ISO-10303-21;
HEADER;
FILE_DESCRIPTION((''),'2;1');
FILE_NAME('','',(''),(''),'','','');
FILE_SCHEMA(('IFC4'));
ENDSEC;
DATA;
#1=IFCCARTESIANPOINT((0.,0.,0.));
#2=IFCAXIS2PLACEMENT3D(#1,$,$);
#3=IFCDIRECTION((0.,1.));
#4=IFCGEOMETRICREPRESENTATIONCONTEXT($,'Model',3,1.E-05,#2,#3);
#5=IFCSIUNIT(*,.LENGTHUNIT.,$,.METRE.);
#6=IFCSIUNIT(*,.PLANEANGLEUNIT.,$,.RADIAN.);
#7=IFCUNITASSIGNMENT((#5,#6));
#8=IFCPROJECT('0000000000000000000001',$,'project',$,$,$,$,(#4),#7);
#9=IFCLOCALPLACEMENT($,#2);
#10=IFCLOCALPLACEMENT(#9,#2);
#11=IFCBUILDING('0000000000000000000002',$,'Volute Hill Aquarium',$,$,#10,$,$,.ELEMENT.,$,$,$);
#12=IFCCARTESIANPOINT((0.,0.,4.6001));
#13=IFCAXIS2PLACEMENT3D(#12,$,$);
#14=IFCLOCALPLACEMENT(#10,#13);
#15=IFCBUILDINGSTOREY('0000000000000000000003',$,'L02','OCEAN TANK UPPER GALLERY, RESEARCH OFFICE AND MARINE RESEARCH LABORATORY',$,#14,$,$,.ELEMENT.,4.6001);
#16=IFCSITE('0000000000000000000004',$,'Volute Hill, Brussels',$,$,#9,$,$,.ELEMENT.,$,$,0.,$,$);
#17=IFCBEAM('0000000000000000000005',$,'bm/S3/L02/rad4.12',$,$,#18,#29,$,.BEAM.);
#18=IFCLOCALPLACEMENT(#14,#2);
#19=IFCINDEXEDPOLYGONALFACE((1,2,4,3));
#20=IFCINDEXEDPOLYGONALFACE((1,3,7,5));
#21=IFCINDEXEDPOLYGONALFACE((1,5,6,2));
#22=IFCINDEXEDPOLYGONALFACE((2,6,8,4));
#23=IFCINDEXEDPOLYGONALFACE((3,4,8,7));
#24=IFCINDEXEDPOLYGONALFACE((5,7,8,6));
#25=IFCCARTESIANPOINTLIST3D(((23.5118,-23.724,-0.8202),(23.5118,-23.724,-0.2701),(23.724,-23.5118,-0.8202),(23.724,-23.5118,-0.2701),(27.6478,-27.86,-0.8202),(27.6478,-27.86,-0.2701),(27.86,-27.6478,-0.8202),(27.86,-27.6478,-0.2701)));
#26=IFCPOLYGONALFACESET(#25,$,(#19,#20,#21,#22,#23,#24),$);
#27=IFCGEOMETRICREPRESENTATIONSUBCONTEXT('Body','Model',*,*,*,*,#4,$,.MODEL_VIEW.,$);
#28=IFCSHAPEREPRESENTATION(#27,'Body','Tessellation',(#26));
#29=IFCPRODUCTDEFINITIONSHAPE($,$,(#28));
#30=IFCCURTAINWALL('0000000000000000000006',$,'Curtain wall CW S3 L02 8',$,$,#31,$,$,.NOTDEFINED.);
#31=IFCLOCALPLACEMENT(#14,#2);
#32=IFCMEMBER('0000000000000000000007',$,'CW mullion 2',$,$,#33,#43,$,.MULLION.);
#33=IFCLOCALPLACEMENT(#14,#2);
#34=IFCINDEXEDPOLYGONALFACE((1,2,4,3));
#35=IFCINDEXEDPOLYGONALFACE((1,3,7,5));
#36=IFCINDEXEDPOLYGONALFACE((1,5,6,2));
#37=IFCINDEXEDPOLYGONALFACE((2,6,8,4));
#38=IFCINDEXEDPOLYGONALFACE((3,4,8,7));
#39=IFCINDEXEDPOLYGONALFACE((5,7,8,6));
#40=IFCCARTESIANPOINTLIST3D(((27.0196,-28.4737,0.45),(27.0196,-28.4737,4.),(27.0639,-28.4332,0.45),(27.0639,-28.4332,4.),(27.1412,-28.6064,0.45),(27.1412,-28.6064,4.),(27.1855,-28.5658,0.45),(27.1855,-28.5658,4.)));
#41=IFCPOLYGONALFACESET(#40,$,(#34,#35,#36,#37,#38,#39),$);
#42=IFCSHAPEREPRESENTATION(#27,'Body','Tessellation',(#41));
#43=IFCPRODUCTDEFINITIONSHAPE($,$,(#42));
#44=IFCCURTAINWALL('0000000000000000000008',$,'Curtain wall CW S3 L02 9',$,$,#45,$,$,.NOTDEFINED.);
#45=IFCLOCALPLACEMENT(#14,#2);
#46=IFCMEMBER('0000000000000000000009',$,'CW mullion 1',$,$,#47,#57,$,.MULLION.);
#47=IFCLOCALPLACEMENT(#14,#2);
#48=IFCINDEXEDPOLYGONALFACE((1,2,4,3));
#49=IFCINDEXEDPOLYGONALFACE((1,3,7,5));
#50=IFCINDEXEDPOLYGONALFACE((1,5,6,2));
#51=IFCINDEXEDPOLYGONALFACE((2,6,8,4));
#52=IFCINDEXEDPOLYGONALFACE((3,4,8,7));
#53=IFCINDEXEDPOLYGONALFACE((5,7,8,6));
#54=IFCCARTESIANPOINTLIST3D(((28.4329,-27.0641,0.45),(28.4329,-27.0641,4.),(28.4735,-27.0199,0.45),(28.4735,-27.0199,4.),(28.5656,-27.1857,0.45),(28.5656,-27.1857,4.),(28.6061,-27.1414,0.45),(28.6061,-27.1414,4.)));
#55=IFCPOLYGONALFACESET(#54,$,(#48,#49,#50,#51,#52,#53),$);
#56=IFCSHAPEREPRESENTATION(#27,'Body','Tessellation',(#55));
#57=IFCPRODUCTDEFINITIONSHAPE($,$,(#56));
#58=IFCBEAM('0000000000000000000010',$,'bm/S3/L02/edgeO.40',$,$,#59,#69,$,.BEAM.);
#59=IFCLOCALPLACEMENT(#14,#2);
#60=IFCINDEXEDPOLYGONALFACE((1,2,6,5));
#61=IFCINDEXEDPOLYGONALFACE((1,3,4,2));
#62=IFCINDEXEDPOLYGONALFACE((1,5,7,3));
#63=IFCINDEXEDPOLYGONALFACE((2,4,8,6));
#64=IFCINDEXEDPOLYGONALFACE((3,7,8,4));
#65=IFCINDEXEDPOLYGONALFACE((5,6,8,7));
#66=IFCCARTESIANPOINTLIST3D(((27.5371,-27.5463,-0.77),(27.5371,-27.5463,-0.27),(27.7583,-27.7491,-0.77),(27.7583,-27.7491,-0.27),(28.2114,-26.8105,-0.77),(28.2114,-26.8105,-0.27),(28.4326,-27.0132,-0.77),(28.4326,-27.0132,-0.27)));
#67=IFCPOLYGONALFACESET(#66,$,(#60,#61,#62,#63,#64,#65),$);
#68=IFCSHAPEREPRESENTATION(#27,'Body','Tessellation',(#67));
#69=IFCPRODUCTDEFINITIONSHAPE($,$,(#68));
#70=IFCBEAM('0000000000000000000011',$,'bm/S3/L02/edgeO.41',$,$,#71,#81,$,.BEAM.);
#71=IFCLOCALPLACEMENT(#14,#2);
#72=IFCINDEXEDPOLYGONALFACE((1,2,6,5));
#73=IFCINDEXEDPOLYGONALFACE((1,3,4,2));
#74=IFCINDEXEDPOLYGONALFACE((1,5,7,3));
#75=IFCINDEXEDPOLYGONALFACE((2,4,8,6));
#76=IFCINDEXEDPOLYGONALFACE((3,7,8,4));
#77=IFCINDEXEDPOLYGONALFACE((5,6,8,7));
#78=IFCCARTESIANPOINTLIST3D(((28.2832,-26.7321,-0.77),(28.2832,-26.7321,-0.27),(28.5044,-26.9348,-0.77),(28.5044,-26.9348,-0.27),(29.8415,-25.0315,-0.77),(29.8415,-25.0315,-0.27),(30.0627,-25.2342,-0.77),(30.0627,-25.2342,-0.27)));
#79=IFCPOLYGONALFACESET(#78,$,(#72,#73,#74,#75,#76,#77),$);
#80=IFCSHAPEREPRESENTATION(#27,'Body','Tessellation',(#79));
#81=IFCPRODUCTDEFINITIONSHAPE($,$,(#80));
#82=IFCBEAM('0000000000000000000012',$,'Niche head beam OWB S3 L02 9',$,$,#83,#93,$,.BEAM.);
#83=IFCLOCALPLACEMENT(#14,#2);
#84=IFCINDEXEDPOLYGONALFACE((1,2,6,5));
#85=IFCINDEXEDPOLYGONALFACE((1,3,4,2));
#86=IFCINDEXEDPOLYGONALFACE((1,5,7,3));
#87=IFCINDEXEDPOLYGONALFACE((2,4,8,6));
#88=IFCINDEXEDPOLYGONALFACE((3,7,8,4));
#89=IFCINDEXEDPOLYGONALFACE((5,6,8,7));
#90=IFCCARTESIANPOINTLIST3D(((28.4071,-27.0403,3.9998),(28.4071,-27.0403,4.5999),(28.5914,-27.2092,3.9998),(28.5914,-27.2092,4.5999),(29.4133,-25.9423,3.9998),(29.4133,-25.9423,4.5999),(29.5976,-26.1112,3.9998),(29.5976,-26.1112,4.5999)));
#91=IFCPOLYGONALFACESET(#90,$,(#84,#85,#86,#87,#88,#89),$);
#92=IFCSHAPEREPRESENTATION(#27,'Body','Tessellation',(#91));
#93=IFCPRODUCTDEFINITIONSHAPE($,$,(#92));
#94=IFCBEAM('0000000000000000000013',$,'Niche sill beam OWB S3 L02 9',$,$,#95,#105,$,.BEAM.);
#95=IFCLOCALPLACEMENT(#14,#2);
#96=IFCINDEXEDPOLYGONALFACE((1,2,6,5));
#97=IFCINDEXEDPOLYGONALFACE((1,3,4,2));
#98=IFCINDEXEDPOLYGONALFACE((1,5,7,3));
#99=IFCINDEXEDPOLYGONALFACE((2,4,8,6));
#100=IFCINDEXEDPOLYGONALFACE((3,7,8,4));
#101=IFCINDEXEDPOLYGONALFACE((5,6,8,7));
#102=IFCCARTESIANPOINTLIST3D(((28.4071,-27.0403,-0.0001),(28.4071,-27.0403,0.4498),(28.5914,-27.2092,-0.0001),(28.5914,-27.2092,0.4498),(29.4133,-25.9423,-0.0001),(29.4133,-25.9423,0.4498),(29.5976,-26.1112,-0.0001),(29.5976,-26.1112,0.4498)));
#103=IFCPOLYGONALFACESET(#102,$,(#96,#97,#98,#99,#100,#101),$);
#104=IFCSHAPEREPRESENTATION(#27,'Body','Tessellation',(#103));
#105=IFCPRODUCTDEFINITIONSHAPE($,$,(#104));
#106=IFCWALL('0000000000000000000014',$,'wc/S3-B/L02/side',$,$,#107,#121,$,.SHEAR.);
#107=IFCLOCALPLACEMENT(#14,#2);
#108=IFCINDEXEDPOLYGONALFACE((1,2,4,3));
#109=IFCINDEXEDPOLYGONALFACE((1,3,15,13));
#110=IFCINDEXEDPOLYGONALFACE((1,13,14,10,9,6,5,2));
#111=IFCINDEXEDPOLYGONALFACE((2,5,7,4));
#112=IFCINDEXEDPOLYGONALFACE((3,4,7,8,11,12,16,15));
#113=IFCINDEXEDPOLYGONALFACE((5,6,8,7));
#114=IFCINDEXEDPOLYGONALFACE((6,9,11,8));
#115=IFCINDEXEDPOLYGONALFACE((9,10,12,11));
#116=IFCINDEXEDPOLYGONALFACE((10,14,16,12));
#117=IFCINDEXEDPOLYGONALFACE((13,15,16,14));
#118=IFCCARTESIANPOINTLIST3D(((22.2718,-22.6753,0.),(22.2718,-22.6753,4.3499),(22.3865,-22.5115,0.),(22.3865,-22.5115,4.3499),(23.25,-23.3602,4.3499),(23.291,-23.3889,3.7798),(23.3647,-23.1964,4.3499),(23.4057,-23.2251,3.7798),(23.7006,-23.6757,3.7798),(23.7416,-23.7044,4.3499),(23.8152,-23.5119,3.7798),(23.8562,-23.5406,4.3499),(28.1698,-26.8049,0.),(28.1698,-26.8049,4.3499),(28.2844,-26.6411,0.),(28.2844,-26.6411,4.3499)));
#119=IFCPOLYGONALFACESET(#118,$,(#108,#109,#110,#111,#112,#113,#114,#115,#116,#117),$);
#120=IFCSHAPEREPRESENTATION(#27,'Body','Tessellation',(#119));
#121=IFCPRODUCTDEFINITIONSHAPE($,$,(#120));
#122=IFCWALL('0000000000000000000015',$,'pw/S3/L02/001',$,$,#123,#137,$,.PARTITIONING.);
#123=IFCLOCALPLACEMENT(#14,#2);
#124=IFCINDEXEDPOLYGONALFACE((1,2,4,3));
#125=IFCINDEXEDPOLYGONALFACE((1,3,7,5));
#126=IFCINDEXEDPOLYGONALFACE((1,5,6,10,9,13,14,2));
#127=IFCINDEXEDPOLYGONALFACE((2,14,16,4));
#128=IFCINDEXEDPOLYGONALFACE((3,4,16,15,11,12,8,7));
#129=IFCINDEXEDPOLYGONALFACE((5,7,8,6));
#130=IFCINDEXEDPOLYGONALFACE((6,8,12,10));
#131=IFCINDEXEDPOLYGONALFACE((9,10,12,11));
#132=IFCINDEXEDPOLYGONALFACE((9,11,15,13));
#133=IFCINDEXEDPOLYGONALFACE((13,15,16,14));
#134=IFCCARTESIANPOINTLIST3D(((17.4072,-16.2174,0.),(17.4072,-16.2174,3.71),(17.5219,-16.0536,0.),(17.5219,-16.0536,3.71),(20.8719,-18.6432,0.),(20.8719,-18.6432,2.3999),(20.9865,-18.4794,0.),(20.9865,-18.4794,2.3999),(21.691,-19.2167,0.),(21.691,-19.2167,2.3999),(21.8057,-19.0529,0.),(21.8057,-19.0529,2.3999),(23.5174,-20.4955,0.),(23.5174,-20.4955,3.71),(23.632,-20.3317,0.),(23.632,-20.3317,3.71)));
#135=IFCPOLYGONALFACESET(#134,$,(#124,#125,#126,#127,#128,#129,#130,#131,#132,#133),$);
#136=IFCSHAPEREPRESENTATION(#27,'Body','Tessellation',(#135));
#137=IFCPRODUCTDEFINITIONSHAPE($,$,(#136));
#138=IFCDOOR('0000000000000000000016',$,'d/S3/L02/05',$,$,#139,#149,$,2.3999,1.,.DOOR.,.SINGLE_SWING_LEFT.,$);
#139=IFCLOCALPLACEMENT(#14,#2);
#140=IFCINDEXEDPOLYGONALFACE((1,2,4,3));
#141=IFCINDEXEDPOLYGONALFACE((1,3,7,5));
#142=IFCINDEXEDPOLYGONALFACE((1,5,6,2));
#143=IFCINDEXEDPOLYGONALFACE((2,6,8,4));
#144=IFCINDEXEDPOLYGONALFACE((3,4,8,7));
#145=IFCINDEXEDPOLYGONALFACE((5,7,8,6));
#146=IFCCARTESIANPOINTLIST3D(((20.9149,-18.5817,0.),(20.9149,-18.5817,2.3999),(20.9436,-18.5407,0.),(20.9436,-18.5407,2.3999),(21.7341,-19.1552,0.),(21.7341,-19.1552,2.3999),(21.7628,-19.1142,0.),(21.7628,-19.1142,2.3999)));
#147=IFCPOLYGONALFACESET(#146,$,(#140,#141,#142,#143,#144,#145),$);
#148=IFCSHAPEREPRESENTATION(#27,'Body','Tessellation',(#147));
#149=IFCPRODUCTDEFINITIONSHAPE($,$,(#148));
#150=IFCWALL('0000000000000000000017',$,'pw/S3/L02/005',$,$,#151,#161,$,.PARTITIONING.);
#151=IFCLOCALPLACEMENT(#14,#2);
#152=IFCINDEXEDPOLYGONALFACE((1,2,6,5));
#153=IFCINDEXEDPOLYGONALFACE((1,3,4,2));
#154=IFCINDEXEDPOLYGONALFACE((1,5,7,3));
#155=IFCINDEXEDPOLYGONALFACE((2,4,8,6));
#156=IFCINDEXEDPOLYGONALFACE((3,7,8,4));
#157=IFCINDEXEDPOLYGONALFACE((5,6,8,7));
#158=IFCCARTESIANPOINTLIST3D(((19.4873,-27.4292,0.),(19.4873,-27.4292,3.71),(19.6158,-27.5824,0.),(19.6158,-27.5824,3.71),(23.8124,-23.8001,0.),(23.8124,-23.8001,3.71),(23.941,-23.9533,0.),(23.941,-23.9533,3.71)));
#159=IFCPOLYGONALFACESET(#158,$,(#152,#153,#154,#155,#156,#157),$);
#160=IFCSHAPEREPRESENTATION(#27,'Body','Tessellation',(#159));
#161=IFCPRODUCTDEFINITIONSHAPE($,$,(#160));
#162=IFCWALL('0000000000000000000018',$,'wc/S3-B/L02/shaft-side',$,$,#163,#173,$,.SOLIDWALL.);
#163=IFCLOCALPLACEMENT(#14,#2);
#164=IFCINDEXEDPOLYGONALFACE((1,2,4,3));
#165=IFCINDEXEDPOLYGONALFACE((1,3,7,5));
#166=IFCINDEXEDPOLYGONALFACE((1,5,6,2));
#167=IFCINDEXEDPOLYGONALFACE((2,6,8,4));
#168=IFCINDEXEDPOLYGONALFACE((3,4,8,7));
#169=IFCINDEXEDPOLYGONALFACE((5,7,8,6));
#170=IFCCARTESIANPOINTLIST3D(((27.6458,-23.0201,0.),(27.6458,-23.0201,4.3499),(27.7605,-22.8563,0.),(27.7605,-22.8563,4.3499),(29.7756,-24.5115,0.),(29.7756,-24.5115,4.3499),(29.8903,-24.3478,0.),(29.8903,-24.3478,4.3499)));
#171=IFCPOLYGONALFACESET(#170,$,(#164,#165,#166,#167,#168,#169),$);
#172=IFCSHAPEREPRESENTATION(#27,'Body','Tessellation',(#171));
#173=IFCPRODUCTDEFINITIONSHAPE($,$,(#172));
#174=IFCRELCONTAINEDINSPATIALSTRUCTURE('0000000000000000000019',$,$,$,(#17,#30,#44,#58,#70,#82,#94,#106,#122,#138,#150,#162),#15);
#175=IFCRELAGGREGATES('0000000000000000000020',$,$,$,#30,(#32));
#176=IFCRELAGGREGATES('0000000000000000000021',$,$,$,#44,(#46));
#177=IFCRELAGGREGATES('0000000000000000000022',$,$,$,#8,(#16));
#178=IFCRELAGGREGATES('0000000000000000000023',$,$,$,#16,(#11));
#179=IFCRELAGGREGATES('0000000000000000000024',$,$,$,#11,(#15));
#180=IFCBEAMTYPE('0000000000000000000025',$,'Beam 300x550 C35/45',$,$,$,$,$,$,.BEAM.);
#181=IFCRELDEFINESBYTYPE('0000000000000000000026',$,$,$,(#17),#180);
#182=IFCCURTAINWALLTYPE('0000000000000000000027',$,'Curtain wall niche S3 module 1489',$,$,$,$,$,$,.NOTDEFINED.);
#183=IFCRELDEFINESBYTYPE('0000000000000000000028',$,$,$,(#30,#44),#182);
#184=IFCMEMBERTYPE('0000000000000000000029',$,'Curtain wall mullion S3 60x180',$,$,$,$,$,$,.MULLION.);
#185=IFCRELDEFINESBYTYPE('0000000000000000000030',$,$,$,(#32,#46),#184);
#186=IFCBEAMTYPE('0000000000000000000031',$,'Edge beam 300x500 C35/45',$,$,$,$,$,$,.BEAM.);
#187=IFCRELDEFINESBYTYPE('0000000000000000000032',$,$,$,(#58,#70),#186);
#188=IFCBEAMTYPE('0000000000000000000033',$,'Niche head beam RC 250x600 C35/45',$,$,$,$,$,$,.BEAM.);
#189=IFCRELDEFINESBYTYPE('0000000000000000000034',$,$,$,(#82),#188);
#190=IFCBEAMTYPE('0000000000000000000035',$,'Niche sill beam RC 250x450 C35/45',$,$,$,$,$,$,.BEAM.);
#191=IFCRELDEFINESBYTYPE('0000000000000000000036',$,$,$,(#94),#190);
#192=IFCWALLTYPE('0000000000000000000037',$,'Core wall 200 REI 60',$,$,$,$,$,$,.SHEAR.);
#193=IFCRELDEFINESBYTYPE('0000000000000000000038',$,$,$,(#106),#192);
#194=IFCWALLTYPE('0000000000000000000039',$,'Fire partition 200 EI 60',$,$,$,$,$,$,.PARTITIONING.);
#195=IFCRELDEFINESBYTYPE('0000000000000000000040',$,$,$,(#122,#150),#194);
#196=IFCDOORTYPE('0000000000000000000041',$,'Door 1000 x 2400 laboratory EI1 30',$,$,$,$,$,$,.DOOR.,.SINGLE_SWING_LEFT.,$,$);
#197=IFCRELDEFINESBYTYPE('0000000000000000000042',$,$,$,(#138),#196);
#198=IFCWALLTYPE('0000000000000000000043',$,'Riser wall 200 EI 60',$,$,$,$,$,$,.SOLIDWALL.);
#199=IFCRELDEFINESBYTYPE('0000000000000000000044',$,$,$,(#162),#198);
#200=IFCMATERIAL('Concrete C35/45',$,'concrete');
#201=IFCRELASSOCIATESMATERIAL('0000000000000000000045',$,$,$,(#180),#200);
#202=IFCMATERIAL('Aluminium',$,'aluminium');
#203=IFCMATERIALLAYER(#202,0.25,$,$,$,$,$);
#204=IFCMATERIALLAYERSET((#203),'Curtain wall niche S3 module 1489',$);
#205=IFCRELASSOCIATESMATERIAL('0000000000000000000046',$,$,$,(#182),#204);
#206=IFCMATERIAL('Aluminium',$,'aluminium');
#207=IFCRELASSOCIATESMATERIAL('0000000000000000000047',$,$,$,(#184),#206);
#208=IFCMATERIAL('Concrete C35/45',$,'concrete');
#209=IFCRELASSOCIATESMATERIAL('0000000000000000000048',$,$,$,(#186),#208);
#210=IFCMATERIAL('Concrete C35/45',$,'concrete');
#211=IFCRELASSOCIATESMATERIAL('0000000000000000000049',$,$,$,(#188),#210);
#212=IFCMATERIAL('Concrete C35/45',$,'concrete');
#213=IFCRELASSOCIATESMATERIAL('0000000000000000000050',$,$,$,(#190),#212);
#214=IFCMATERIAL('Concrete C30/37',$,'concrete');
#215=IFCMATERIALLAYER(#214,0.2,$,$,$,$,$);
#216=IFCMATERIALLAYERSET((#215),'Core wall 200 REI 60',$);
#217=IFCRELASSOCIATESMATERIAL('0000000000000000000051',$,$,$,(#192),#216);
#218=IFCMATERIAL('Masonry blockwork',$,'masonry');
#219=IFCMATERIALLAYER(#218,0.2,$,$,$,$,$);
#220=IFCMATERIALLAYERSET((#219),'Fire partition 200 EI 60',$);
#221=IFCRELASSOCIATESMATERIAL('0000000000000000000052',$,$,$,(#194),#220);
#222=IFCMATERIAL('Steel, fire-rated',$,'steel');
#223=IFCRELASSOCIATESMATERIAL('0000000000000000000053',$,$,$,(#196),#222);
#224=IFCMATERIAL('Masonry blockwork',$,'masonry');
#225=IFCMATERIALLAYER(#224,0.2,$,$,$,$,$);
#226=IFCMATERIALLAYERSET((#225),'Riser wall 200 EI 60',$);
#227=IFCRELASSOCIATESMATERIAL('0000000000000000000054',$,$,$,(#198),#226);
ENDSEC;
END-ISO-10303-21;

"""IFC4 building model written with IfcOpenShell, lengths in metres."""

from ifc_helpers import new_model, si_unit, direction, frame, frame_2d, origin, origin_2d, place, context, subcontext, project, spatial, polyline, rectangle, outline, extrude, material, layer, layer_set, material_profile, profile_set, type_object, element, fill, aggregate, save


model = new_model("IFC4")

# Units and contexts
model_context = context("Model", 3, precision=1e-05, world=origin(), true_north=direction((0.0, 1.0)))
body_context = subcontext(model_context, "Body", "Model", "MODEL_VIEW")
ifc_project = project(units=[si_unit("LENGTHUNIT", "METRE"), si_unit("PLANEANGLEUNIT", "RADIAN")], contexts=[model_context])

# Site, building, storey
site_placement = place(None, origin())
site = spatial("IfcSite", under=ifc_project, at=site_placement, Name="Volute Hill, Brussels", CompositionType="ELEMENT", RefElevation=0.0)
building_placement = place(site_placement, origin())
building = spatial("IfcBuilding", under=site, at=building_placement, Name="Volute Hill Aquarium", CompositionType="ELEMENT")
storey_placement = place(building_placement, frame((0.0, 0.0, 4.6001)))
storey = spatial("IfcBuildingStorey", under=building, at=storey_placement, Name="L02", Description="OCEAN TANK UPPER GALLERY, RESEARCH OFFICE AND MARINE RESEARCH LABORATORY", CompositionType="ELEMENT", Elevation=4.6001)

# Beam
ifc_material_1 = material(Name="Concrete C35/45", Category="concrete")
ifc_material_profile_1 = material_profile(ifc_material_1, rectangle(XDim=0.3, YDim=0.55, at=origin_2d()), Name="RC beam 300x550")
ifc_profile_set_1 = profile_set([ifc_material_profile_1], Name="Concrete C35/45")
beam_type_1 = type_object("IfcBeamType", Name="Beam 300x550 C35/45", PredefinedType="BEAM", material=ifc_profile_set_1)
beam_1_placement = place(storey_placement, frame((23.6179, -23.6179, -0.5452), z_axis=(0.707107, -0.707107, 0.0), x_axis=(0.707107, 0.707107, 0.0)))
element("IfcBeam", 1, at=beam_1_placement, inside=storey, type_object=beam_type_1, Name="bm/S3/L02/rad4.12", PredefinedType="BEAM", context=body_context, shape_type="SweptSolid", body=[
    extrude(rectangle(XDim=0.3, YDim=0.55, at=origin_2d()), origin(), (0.0, 0.0, 1.0), 5.8491),
])

# Curtain walls, members
ifc_material_2 = material(Name="Aluminium", Category="aluminium")
ifc_layer_1 = layer(ifc_material_2, 0.25)
ifc_layer_set_1 = layer_set([ifc_layer_1], Name="Curtain wall niche S3 module 1489")
curtain_wall_type = type_object("IfcCurtainWallType", Name="Curtain wall niche S3 module 1489", PredefinedType="NOTDEFINED", material=ifc_layer_set_1)
curtain_wall_1_placement = place(storey_placement, origin())
curtain_wall_1 = element("IfcCurtainWall", 2, at=curtain_wall_1_placement, inside=storey, type_object=curtain_wall_type, Name="Curtain wall CW S3 L02 8", PredefinedType="NOTDEFINED")
ifc_material_3 = material(Name="Aluminium", Category="aluminium")
ifc_material_profile_2 = material_profile(ifc_material_3, rectangle(XDim=0.1799, YDim=0.0601, at=origin_2d()), Name="Curtain wall mullion S3 60x180")
ifc_profile_set_2 = profile_set([ifc_material_profile_2], Name="Aluminium")
member_type = type_object("IfcMemberType", Name="Curtain wall mullion S3 60x180", PredefinedType="MULLION", material=ifc_profile_set_2)
member_1_placement = place(storey_placement, frame((27.1025, -28.5198, 0.45), z_axis=(0.0, 0.0, 1.0), x_axis=(-0.675613, 0.737256, 0.0)))
member_1 = element("IfcMember", 3, at=member_1_placement, type_object=member_type, Name="CW mullion 2", PredefinedType="MULLION", context=body_context, shape_type="SweptSolid", body=[
    extrude(rectangle(XDim=0.1799, YDim=0.0601, at=origin_2d()), origin(), (0.0, 0.0, 1.0), 3.55),
])
aggregate(curtain_wall_1, [member_1])
curtain_wall_2_placement = place(storey_placement, origin())
curtain_wall_2 = element("IfcCurtainWall", 4, at=curtain_wall_2_placement, inside=storey, type_object=curtain_wall_type, Name="Curtain wall CW S3 L02 9", PredefinedType="NOTDEFINED")
member_2_placement = place(storey_placement, frame((28.5195, -27.1028, 0.45), z_axis=(0.0, 0.0, 1.0), x_axis=(-0.73726, 0.675609, 0.0)))
member_2 = element("IfcMember", 5, at=member_2_placement, type_object=member_type, Name="CW mullion 1", PredefinedType="MULLION", context=body_context, shape_type="SweptSolid", body=[
    extrude(rectangle(XDim=0.1799, YDim=0.0601, at=origin_2d()), origin(), (0.0, 0.0, 1.0), 3.55),
])
aggregate(curtain_wall_2, [member_2])

# Beams
ifc_material_4 = material(Name="Concrete C35/45", Category="concrete")
ifc_material_profile_3 = material_profile(ifc_material_4, rectangle(XDim=0.3, YDim=0.5, at=origin_2d()), Name="RC edge beam 300x500")
ifc_profile_set_3 = profile_set([ifc_material_profile_3], Name="Concrete C35/45")
beam_type_2 = type_object("IfcBeamType", Name="Edge beam 300x500 C35/45", PredefinedType="BEAM", material=ifc_profile_set_3)
beam_2_placement = place(storey_placement, frame((27.6477, -27.6477, -0.52), z_axis=(0.675614, 0.737256, 0.0), x_axis=(-0.737256, 0.675614, 0.0)))
element("IfcBeam", 6, at=beam_2_placement, inside=storey, type_object=beam_type_2, Name="bm/S3/L02/edgeO.40", PredefinedType="BEAM", context=body_context, shape_type="SweptSolid", body=[
    extrude(rectangle(XDim=0.3, YDim=0.5, at=origin_2d()), origin(), (0.0, 0.0, 1.0), 0.998),
])
beam_3_placement = place(storey_placement, frame((28.3938, -26.8335, -0.52), z_axis=(0.675581, 0.737286, 0.0), x_axis=(-0.737286, 0.675581, 0.0)))
element("IfcBeam", 7, at=beam_3_placement, inside=storey, type_object=beam_type_2, Name="bm/S3/L02/edgeO.41", PredefinedType="BEAM", context=body_context, shape_type="SweptSolid", body=[
    extrude(rectangle(XDim=0.3, YDim=0.5, at=origin_2d()), origin(), (0.0, 0.0, 1.0), 2.3066),
])
ifc_material_5 = material(Name="Concrete C35/45", Category="concrete")
ifc_material_profile_4 = material_profile(ifc_material_5, rectangle(XDim=0.25, YDim=0.6001, at=origin_2d()), Name="RC beam 250x600")
ifc_profile_set_4 = profile_set([ifc_material_profile_4], Name="Concrete C35/45")
beam_type_3 = type_object("IfcBeamType", Name="Niche head beam RC 250x600 C35/45", PredefinedType="BEAM", material=ifc_profile_set_4)
beam_4_placement = place(storey_placement, frame((28.4993, -27.1248, 4.2998), z_axis=(0.675613, 0.737256, 0.0), x_axis=(-0.737256, 0.675613, 0.0)))
element("IfcBeam", 8, at=beam_4_placement, inside=storey, type_object=beam_type_3, Name="Niche head beam OWB S3 L02 9", PredefinedType="BEAM", context=body_context, shape_type="SweptSolid", body=[
    extrude(rectangle(XDim=0.25, YDim=0.6001, at=origin_2d()), origin(), (0.0, 0.0, 1.0), 1.4893),
])
ifc_material_6 = material(Name="Concrete C35/45", Category="concrete")
ifc_material_profile_5 = material_profile(ifc_material_6, rectangle(XDim=0.25, YDim=0.45, at=origin_2d()), Name="RC beam 250x450")
ifc_profile_set_5 = profile_set([ifc_material_profile_5], Name="Concrete C35/45")
beam_type_4 = type_object("IfcBeamType", Name="Niche sill beam RC 250x450 C35/45", PredefinedType="BEAM", material=ifc_profile_set_5)
beam_5_placement = place(storey_placement, frame((28.4993, -27.1248, 0.2249), z_axis=(0.675613, 0.737256, 0.0), x_axis=(-0.737256, 0.675613, 0.0)))
element("IfcBeam", 9, at=beam_5_placement, inside=storey, type_object=beam_type_4, Name="Niche sill beam OWB S3 L02 9", PredefinedType="BEAM", context=body_context, shape_type="SweptSolid", body=[
    extrude(rectangle(XDim=0.25, YDim=0.45, at=origin_2d()), origin(), (0.0, 0.0, 1.0), 1.4893),
])

# Wall
ifc_material_7 = material(Name="Concrete C30/37", Category="concrete")
ifc_layer_2 = layer(ifc_material_7, 0.2)
ifc_layer_set_2 = layer_set([ifc_layer_2], Name="Core wall 200 REI 60")
wall_type_1 = type_object("IfcWallType", Name="Core wall 200 REI 60", PredefinedType="SHEAR", material=ifc_layer_set_2)
wall_1_placement = place(storey_placement, frame((22.3291, -22.5935, 0.0), z_axis=(0.0, 0.0, 1.0), x_axis=(0.819162, -0.573562, 0.0)))
element("IfcWall", 10, at=wall_1_placement, inside=storey, type_object=wall_type_1, Name="wc/S3-B/L02/side", PredefinedType="SHEAR", context=body_context, shape_type="SweptSolid", body=[
    extrude(outline(polyline([(0.0, 0.0), (7.2, 0.0), (7.2, 4.3499), (1.7942, 4.3499), (1.7441, 3.7798), (1.2441, 3.7798), (1.1941, 4.3499), (0.0, 4.3499), (0.0, 0.0)])), frame((0.0, 0.1001, 0.0), z_axis=(0.0, -1.0, 0.0), x_axis=(1.0, 0.0, 0.0)), (0.0, 0.0, 1.0), 0.2),
])

# Wall, opening, door
ifc_material_8 = material(Name="Masonry blockwork", Category="masonry")
ifc_layer_3 = layer(ifc_material_8, 0.2)
ifc_layer_set_3 = layer_set([ifc_layer_3], Name="Fire partition 200 EI 60")
wall_type_2 = type_object("IfcWallType", Name="Fire partition 200 EI 60", PredefinedType="PARTITIONING", material=ifc_layer_set_3)
wall_2_placement = place(storey_placement, frame((23.5747, -20.4136, 0.0), z_axis=(0.0, 0.0, 1.0), x_axis=(-0.819169, 0.573552, 0.0)))
wall_2 = element("IfcWall", 11, at=wall_2_placement, inside=storey, type_object=wall_type_2, Name="pw/S3/L02/001", PredefinedType="PARTITIONING", context=body_context, shape_type="SweptSolid", body=[
    extrude(rectangle(XDim=7.459, YDim=0.2, at=frame_2d((3.7295, 0.0))), origin(), (0.0, 0.0, 1.0), 3.71),
])
opening_placement = place(wall_2_placement, frame((2.2295, 0.0, 0.0)))
opening = element("IfcOpeningElement", 12, at=opening_placement, cuts=wall_2, PredefinedType="OPENING", context=body_context, shape_type="SweptSolid", body=[
    extrude(rectangle(XDim=1.0, YDim=2.3999, at=frame_2d((0.5, 1.2))), frame((0.0, 0.1099, 0.0), z_axis=(0.0, -1.0, 0.0), x_axis=(1.0, 0.0, 0.0)), (0.0, 0.0, 1.0), 0.22),
])
ifc_material_9 = material(Name="Steel, fire-rated", Category="steel")
door_type = type_object("IfcDoorType", Name="Door 1000 x 2400 laboratory EI1 30", OperationType="SINGLE_SWING_LEFT", PredefinedType="DOOR", material=ifc_material_9)
door_placement = place(opening_placement, origin())
door = element("IfcDoor", 13, at=door_placement, inside=storey, type_object=door_type, Name="d/S3/L02/05", OperationType="SINGLE_SWING_LEFT", OverallHeight=2.3999, OverallWidth=1.0, PredefinedType="DOOR", context=body_context, shape_type="SweptSolid", body=[
    extrude(rectangle(XDim=1.0, YDim=2.3999, at=frame_2d((0.5, 1.2))), frame((0.0, 0.0249, 0.0), z_axis=(0.0, -1.0, 0.0), x_axis=(1.0, 0.0, 0.0)), (0.0, 0.0, 1.0), 0.05),
])
fill(opening, door)

# Walls
wall_3_placement = place(storey_placement, frame((23.8767, -23.8767, 0.0), z_axis=(0.0, 0.0, 1.0), x_axis=(-0.766055, -0.642775, 0.0)))
element("IfcWall", 14, at=wall_3_placement, inside=storey, type_object=wall_type_2, Name="pw/S3/L02/005", PredefinedType="PARTITIONING", context=body_context, shape_type="SweptSolid", body=[
    extrude(rectangle(XDim=5.646, YDim=0.2, at=frame_2d((2.823, 0.0))), origin(), (0.0, 0.0, 1.0), 3.71),
])
ifc_material_10 = material(Name="Masonry blockwork", Category="masonry")
ifc_layer_4 = layer(ifc_material_10, 0.2)
ifc_layer_set_4 = layer_set([ifc_layer_4], Name="Riser wall 200 EI 60")
wall_type_3 = type_object("IfcWallType", Name="Riser wall 200 EI 60", PredefinedType="SOLIDWALL", material=ifc_layer_set_4)
wall_4_placement = place(storey_placement, frame((27.7031, -22.9382, 0.0), z_axis=(0.0, 0.0, 1.0), x_axis=(0.819135, -0.573601, 0.0)))
element("IfcWall", 15, at=wall_4_placement, inside=storey, type_object=wall_type_3, Name="wc/S3-B/L02/shaft-side", PredefinedType="SOLIDWALL", context=body_context, shape_type="SweptSolid", body=[
    extrude(rectangle(XDim=2.6001, YDim=0.2, at=frame_2d((1.3, 0.0))), origin(), (0.0, 0.0, 1.0), 4.3499),
])

save(model, "model.ifc")
